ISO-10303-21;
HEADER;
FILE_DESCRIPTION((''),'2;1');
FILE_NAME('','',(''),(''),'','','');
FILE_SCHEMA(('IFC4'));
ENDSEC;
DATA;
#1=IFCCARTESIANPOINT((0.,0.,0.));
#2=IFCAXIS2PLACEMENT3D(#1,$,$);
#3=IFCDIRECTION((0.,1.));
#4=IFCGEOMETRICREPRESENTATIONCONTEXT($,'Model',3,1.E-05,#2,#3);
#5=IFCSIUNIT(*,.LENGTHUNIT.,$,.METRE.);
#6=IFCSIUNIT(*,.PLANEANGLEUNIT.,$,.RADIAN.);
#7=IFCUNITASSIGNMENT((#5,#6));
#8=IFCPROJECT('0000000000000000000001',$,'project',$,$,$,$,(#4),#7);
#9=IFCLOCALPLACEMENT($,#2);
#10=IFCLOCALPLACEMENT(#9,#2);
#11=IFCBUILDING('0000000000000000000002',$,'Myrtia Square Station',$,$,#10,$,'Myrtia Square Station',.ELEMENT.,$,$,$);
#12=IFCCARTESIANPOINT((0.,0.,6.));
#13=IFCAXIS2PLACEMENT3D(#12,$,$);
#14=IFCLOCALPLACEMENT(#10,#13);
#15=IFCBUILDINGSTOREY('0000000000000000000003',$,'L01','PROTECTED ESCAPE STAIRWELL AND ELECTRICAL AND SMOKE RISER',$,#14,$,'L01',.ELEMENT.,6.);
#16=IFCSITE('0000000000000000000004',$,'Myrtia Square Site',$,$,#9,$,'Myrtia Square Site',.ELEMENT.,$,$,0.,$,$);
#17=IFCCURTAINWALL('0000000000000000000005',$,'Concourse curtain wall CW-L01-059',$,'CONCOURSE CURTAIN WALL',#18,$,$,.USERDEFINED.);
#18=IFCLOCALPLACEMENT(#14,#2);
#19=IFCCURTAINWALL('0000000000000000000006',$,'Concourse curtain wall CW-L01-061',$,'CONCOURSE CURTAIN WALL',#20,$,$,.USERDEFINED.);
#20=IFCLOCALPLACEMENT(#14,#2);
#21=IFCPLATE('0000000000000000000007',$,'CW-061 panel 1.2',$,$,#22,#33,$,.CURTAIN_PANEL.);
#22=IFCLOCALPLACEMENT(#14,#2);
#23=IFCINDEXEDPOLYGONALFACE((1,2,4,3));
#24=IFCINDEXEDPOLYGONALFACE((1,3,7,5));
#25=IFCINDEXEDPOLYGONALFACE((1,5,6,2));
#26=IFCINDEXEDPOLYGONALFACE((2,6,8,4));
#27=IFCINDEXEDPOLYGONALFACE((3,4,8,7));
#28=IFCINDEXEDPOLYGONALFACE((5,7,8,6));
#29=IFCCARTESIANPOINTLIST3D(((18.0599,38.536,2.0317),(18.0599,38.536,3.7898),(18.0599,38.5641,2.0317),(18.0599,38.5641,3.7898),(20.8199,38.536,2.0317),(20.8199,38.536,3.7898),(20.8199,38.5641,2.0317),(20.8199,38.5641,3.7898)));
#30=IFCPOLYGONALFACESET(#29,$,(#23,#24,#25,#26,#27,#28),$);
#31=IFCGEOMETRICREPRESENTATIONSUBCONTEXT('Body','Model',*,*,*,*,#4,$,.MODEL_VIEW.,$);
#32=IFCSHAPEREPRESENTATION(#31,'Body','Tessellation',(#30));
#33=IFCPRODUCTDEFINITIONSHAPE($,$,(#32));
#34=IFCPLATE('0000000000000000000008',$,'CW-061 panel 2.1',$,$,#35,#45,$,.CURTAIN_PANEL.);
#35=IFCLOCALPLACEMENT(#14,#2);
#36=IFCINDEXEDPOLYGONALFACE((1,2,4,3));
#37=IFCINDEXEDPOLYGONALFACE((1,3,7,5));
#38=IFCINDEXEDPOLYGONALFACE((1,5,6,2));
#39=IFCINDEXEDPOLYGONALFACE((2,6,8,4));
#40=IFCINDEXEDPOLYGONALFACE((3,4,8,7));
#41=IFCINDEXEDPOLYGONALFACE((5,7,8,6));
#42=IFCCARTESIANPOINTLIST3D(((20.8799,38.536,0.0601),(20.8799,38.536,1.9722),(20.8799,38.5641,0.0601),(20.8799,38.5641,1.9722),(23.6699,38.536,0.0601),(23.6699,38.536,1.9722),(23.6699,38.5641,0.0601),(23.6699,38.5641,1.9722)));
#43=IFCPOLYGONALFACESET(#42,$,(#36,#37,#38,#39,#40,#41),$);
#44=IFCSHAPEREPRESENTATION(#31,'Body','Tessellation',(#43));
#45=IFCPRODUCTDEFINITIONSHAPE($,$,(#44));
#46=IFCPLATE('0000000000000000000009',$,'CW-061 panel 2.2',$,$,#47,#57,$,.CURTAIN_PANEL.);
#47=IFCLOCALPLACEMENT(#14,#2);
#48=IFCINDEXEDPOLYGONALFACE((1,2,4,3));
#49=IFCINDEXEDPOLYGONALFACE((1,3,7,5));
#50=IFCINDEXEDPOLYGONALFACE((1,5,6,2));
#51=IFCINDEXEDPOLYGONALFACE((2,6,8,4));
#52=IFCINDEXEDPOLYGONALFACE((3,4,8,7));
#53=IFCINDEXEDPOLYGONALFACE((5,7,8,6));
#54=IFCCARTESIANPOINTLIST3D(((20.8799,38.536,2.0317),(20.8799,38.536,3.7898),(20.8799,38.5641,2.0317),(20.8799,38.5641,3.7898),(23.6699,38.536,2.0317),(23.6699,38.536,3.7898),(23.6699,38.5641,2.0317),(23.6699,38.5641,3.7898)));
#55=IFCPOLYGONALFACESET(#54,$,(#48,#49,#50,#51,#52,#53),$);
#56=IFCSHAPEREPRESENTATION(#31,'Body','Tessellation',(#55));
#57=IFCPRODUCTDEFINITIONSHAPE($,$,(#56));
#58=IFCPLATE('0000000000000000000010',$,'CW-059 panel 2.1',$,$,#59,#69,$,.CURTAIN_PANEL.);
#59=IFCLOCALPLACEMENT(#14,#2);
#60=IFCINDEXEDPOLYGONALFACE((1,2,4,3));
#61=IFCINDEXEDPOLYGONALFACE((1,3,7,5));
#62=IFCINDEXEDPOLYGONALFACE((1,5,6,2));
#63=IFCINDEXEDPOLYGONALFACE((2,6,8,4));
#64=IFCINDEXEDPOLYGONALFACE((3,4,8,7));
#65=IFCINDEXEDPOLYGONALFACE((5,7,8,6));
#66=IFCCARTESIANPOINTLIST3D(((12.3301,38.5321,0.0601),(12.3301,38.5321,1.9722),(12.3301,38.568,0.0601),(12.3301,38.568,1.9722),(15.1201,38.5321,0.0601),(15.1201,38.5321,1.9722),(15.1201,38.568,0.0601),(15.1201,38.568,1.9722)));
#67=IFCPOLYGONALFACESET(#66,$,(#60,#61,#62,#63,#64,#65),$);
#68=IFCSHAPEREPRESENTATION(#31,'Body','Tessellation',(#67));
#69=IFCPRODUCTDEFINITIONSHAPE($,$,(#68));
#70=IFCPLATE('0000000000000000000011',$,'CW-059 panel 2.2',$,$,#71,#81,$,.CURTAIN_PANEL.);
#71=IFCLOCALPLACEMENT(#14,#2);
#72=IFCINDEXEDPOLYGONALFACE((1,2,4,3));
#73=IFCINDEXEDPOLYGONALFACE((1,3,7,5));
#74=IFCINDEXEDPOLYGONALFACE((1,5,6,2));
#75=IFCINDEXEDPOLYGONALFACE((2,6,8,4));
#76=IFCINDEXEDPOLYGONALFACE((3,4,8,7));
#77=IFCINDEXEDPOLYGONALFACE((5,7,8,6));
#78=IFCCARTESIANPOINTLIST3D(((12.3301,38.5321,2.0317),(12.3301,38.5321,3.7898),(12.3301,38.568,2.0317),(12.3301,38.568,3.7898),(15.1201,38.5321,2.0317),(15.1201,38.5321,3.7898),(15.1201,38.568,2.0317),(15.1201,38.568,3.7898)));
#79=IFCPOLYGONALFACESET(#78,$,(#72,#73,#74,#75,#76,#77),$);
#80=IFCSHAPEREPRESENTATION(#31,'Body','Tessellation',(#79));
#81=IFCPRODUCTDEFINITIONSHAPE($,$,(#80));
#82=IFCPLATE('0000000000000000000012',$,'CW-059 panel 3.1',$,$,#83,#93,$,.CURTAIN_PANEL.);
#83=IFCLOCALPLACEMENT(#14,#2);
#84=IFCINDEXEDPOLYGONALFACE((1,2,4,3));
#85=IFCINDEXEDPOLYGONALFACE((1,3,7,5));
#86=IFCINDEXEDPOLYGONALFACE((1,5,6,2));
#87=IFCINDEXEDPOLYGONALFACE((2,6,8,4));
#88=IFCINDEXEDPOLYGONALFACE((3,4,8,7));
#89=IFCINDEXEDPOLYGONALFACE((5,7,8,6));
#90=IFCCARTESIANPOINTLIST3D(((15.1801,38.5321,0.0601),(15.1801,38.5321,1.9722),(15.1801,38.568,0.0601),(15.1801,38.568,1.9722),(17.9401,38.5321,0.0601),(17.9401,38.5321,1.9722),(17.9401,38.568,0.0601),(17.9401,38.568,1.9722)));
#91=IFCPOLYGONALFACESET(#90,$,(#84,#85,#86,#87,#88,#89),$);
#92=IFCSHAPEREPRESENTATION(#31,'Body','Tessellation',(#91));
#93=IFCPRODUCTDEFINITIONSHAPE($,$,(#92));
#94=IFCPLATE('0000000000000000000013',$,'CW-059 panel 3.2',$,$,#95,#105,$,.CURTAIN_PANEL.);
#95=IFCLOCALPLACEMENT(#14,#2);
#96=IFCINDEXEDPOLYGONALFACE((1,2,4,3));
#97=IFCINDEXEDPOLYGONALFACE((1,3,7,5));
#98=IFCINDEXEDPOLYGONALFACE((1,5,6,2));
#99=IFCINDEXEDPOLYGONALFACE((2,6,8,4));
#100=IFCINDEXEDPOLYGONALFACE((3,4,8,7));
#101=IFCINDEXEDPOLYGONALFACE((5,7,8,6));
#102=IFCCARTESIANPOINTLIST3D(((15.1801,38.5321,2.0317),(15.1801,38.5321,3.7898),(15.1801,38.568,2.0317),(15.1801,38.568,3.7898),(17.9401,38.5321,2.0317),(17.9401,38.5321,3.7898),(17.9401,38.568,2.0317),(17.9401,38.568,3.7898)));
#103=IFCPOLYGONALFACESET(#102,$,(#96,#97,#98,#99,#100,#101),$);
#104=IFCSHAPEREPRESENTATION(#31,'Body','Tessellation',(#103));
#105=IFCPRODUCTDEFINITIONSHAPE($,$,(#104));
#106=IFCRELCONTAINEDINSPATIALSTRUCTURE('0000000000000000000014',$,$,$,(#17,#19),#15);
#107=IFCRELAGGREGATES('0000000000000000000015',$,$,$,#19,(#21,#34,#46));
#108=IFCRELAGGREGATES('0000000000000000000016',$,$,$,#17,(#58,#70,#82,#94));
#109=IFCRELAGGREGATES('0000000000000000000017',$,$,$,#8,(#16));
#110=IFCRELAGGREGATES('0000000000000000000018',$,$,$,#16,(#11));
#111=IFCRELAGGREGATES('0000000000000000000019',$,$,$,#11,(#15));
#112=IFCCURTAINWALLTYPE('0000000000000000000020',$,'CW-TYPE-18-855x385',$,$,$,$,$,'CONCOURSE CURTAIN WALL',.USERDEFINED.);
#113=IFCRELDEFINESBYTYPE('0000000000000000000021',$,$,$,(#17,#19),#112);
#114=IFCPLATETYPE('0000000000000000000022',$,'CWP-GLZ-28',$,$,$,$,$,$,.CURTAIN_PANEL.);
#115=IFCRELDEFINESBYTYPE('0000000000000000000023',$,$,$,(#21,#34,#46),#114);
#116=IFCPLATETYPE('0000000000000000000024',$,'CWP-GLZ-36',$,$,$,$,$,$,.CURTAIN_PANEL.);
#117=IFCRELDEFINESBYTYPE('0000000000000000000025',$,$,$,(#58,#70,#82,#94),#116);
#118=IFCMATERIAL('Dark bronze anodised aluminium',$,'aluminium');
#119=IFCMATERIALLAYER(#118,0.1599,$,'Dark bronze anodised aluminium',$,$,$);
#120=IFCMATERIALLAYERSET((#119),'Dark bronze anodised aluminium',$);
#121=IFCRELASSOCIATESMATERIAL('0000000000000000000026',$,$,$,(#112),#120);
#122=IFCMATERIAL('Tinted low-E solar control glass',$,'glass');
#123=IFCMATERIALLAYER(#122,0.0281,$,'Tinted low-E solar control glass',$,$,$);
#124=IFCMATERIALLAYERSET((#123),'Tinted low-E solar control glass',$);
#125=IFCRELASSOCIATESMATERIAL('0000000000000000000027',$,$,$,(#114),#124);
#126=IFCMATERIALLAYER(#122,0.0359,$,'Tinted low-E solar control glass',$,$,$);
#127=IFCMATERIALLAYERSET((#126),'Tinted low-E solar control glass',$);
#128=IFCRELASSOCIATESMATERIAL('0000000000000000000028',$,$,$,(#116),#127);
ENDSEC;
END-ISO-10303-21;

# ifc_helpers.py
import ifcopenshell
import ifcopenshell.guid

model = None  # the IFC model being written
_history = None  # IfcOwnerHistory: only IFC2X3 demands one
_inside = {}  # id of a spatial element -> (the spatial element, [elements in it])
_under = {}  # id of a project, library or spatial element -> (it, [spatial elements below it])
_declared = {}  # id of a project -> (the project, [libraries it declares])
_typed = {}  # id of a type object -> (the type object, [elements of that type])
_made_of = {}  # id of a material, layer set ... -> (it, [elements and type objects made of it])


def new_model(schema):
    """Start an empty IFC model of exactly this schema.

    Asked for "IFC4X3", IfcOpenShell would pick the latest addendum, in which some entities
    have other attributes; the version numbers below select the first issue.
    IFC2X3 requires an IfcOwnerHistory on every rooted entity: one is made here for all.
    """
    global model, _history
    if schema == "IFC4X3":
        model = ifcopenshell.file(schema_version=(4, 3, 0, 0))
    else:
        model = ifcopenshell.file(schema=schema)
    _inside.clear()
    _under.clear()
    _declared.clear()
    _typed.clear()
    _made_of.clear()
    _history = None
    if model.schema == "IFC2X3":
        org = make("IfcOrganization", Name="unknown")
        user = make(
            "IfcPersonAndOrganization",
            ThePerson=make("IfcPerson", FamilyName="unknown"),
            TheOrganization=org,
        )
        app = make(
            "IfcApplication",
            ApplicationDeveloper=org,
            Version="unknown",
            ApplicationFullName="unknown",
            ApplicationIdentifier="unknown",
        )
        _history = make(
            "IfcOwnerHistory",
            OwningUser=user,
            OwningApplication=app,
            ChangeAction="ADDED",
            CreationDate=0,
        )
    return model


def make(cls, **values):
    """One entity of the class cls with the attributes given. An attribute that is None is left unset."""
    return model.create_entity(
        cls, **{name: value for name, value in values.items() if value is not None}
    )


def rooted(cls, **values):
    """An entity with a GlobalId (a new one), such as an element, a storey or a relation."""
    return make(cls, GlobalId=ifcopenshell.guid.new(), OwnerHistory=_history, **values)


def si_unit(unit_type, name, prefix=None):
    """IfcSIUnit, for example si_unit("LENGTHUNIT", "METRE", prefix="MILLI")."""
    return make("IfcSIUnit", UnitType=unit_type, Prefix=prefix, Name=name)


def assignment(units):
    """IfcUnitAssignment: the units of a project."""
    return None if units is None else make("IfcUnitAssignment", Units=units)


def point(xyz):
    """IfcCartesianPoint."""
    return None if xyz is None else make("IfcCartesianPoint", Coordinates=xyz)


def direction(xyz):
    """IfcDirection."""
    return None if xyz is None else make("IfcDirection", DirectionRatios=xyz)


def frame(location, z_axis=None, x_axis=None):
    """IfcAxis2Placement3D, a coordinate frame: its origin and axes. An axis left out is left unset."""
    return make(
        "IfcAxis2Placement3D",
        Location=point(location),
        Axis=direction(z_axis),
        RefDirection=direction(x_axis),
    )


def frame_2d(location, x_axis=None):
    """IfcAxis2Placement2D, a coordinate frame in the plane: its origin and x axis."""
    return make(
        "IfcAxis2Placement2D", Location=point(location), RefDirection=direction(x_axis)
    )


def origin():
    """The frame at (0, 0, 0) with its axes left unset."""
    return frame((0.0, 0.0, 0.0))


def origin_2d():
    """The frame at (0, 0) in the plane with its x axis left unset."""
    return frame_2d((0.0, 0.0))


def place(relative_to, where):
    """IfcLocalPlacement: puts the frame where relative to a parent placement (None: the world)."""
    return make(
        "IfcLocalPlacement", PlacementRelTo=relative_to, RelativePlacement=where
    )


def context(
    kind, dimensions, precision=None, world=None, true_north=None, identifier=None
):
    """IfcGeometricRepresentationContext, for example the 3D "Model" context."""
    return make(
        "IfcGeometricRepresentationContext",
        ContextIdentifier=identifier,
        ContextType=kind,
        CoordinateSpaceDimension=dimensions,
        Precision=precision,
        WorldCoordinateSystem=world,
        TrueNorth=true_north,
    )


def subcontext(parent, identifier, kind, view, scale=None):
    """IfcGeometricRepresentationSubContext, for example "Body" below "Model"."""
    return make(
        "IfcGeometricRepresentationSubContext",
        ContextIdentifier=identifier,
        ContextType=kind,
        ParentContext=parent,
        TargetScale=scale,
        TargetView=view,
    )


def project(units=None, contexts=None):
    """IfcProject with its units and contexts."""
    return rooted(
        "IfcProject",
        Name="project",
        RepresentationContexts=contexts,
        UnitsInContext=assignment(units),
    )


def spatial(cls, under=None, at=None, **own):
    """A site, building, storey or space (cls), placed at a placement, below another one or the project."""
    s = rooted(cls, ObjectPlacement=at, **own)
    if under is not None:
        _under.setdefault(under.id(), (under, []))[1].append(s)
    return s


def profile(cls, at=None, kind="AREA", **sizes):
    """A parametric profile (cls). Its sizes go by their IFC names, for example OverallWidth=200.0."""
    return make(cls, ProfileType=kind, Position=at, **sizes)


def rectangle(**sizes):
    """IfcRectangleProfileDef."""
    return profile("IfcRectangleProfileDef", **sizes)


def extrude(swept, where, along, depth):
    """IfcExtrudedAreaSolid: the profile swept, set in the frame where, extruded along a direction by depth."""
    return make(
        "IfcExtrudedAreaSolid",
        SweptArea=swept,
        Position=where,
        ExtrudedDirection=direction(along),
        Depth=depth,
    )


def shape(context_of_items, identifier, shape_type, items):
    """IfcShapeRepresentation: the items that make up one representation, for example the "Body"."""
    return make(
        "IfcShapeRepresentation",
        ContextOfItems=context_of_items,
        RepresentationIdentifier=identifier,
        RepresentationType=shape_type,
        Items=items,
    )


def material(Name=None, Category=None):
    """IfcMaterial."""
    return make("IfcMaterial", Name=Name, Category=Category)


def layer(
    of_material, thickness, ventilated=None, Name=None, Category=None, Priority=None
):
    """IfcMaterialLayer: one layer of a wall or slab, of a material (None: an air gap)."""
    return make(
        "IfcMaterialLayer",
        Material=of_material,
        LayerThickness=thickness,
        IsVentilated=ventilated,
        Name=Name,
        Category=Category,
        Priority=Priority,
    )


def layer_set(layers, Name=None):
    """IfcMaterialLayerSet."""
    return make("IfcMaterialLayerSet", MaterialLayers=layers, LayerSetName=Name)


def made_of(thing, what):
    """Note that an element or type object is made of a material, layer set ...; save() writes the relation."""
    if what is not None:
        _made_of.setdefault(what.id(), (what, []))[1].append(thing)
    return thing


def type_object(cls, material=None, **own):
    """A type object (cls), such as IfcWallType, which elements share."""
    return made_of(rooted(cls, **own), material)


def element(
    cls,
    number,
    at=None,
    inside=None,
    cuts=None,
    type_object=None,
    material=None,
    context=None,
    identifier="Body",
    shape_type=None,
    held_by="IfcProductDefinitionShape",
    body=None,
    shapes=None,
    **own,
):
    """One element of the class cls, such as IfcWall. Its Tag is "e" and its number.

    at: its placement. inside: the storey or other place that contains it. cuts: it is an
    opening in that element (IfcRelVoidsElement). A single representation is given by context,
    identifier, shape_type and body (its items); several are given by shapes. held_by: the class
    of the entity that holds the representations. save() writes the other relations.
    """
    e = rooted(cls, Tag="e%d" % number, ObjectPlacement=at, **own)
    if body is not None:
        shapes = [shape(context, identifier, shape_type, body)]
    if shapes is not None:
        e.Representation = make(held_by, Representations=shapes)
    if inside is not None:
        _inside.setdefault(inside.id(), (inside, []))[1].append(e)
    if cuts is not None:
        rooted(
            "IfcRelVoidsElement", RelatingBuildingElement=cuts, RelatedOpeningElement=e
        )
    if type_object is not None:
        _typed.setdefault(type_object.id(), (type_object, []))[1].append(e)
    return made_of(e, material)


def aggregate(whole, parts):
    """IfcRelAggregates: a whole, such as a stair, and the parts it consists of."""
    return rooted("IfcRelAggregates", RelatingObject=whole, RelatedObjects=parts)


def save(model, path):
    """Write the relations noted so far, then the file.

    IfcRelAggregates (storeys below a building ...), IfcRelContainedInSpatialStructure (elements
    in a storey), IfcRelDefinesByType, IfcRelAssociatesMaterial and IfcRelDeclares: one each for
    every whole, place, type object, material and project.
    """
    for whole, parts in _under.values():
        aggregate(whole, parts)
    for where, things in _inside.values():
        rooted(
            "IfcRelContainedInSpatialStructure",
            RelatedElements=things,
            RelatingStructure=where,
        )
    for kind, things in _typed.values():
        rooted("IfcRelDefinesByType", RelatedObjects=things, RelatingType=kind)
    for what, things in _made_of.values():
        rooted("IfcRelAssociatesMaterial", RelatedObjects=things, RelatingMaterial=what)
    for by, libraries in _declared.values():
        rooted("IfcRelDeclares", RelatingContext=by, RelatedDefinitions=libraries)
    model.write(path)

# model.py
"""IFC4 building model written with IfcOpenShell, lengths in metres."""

from ifc_helpers import new_model, si_unit, direction, frame, origin, origin_2d, place, context, subcontext, project, spatial, rectangle, extrude, material, layer, layer_set, type_object, element, aggregate, save


model = new_model("IFC4")

# Units and contexts
model_context = context("Model", 3, precision=1e-05, world=origin(), true_north=direction((0.0, 1.0)))
body_context = subcontext(model_context, "Body", "Model", "MODEL_VIEW")
ifc_project = project(units=[si_unit("LENGTHUNIT", "METRE"), si_unit("PLANEANGLEUNIT", "RADIAN")], contexts=[model_context])

# Site, building, storey
site_placement = place(None, origin())
site = spatial("IfcSite", under=ifc_project, at=site_placement, Name="Myrtia Square Site", LongName="Myrtia Square Site", CompositionType="ELEMENT", RefElevation=0.0)
building_placement = place(site_placement, origin())
building = spatial("IfcBuilding", under=site, at=building_placement, Name="Myrtia Square Station", LongName="Myrtia Square Station", CompositionType="ELEMENT")
storey_placement = place(building_placement, frame((0.0, 0.0, 6.0)))
storey = spatial("IfcBuildingStorey", under=building, at=storey_placement, Name="L01", Description="PROTECTED ESCAPE STAIRWELL AND ELECTRICAL AND SMOKE RISER", LongName="L01", CompositionType="ELEMENT", Elevation=6.0)

# Curtain walls
ifc_material_1 = material(Name="Dark bronze anodised aluminium", Category="aluminium")
ifc_layer_1 = layer(ifc_material_1, 0.1599, Name="Dark bronze anodised aluminium")
ifc_layer_set_1 = layer_set([ifc_layer_1], Name="Dark bronze anodised aluminium")
curtain_wall_type = type_object("IfcCurtainWallType", Name="CW-TYPE-18-855x385", ElementType="CONCOURSE CURTAIN WALL", PredefinedType="USERDEFINED", material=ifc_layer_set_1)
curtain_wall_1_placement = place(storey_placement, origin())
curtain_wall_1 = element("IfcCurtainWall", 1, at=curtain_wall_1_placement, inside=storey, type_object=curtain_wall_type, Name="Concourse curtain wall CW-L01-059", ObjectType="CONCOURSE CURTAIN WALL", PredefinedType="USERDEFINED")
curtain_wall_2_placement = place(storey_placement, origin())
curtain_wall_2 = element("IfcCurtainWall", 2, at=curtain_wall_2_placement, inside=storey, type_object=curtain_wall_type, Name="Concourse curtain wall CW-L01-061", ObjectType="CONCOURSE CURTAIN WALL", PredefinedType="USERDEFINED")

# Plates
ifc_material_2 = material(Name="Tinted low-E solar control glass", Category="glass")
ifc_layer_2 = layer(ifc_material_2, 0.0281, Name="Tinted low-E solar control glass")
ifc_layer_set_2 = layer_set([ifc_layer_2], Name="Tinted low-E solar control glass")
plate_type_1 = type_object("IfcPlateType", Name="CWP-GLZ-28", PredefinedType="CURTAIN_PANEL", material=ifc_layer_set_2)
plate_1_placement = place(storey_placement, frame((19.4399, 38.55, 2.0317), z_axis=(0.0, 0.0, 1.0), x_axis=(1.0, 0.0, 0.0)))
plate_1 = element("IfcPlate", 3, at=plate_1_placement, type_object=plate_type_1, Name="CW-061 panel 1.2", PredefinedType="CURTAIN_PANEL", context=body_context, shape_type="SweptSolid", body=[
    extrude(rectangle(XDim=2.76, YDim=0.0281, at=origin_2d()), origin(), (0.0, 0.0, 1.0), 1.7581),
])
plate_2_placement = place(storey_placement, frame((22.2749, 38.55, 0.0601), z_axis=(0.0, 0.0, 1.0), x_axis=(1.0, 0.0, 0.0)))
plate_2 = element("IfcPlate", 4, at=plate_2_placement, type_object=plate_type_1, Name="CW-061 panel 2.1", PredefinedType="CURTAIN_PANEL", context=body_context, shape_type="SweptSolid", body=[
    extrude(rectangle(XDim=2.79, YDim=0.0281, at=origin_2d()), origin(), (0.0, 0.0, 1.0), 1.9121),
])
plate_3_placement = place(storey_placement, frame((22.2749, 38.55, 2.0317), z_axis=(0.0, 0.0, 1.0), x_axis=(1.0, 0.0, 0.0)))
plate_3 = element("IfcPlate", 5, at=plate_3_placement, type_object=plate_type_1, Name="CW-061 panel 2.2", PredefinedType="CURTAIN_PANEL", context=body_context, shape_type="SweptSolid", body=[
    extrude(rectangle(XDim=2.79, YDim=0.0281, at=origin_2d()), origin(), (0.0, 0.0, 1.0), 1.7581),
])
aggregate(curtain_wall_2, [plate_1, plate_2, plate_3])
ifc_layer_3 = layer(ifc_material_2, 0.0359, Name="Tinted low-E solar control glass")
ifc_layer_set_3 = layer_set([ifc_layer_3], Name="Tinted low-E solar control glass")
plate_type_2 = type_object("IfcPlateType", Name="CWP-GLZ-36", PredefinedType="CURTAIN_PANEL", material=ifc_layer_set_3)
plate_4_placement = place(storey_placement, frame((13.7251, 38.55, 0.0601), z_axis=(0.0, 0.0, 1.0), x_axis=(1.0, 0.0, 0.0)))
plate_4 = element("IfcPlate", 6, at=plate_4_placement, type_object=plate_type_2, Name="CW-059 panel 2.1", PredefinedType="CURTAIN_PANEL", context=body_context, shape_type="SweptSolid", body=[
    extrude(rectangle(XDim=2.79, YDim=0.0359, at=origin_2d()), origin(), (0.0, 0.0, 1.0), 1.9121),
])
plate_5_placement = place(storey_placement, frame((13.7251, 38.55, 2.0317), z_axis=(0.0, 0.0, 1.0), x_axis=(1.0, 0.0, 0.0)))
plate_5 = element("IfcPlate", 7, at=plate_5_placement, type_object=plate_type_2, Name="CW-059 panel 2.2", PredefinedType="CURTAIN_PANEL", context=body_context, shape_type="SweptSolid", body=[
    extrude(rectangle(XDim=2.79, YDim=0.0359, at=origin_2d()), origin(), (0.0, 0.0, 1.0), 1.7581),
])
plate_6_placement = place(storey_placement, frame((16.5601, 38.55, 0.0601), z_axis=(0.0, 0.0, 1.0), x_axis=(1.0, 0.0, 0.0)))
plate_6 = element("IfcPlate", 8, at=plate_6_placement, type_object=plate_type_2, Name="CW-059 panel 3.1", PredefinedType="CURTAIN_PANEL", context=body_context, shape_type="SweptSolid", body=[
    extrude(rectangle(XDim=2.76, YDim=0.0359, at=origin_2d()), origin(), (0.0, 0.0, 1.0), 1.9121),
])
plate_7_placement = place(storey_placement, frame((16.5601, 38.55, 2.0317), z_axis=(0.0, 0.0, 1.0), x_axis=(1.0, 0.0, 0.0)))
plate_7 = element("IfcPlate", 9, at=plate_7_placement, type_object=plate_type_2, Name="CW-059 panel 3.2", PredefinedType="CURTAIN_PANEL", context=body_context, shape_type="SweptSolid", body=[
    extrude(rectangle(XDim=2.76, YDim=0.0359, at=origin_2d()), origin(), (0.0, 0.0, 1.0), 1.7581),
])
aggregate(curtain_wall_1, [plate_4, plate_5, plate_6, plate_7])

save(model, "model.ifc")
